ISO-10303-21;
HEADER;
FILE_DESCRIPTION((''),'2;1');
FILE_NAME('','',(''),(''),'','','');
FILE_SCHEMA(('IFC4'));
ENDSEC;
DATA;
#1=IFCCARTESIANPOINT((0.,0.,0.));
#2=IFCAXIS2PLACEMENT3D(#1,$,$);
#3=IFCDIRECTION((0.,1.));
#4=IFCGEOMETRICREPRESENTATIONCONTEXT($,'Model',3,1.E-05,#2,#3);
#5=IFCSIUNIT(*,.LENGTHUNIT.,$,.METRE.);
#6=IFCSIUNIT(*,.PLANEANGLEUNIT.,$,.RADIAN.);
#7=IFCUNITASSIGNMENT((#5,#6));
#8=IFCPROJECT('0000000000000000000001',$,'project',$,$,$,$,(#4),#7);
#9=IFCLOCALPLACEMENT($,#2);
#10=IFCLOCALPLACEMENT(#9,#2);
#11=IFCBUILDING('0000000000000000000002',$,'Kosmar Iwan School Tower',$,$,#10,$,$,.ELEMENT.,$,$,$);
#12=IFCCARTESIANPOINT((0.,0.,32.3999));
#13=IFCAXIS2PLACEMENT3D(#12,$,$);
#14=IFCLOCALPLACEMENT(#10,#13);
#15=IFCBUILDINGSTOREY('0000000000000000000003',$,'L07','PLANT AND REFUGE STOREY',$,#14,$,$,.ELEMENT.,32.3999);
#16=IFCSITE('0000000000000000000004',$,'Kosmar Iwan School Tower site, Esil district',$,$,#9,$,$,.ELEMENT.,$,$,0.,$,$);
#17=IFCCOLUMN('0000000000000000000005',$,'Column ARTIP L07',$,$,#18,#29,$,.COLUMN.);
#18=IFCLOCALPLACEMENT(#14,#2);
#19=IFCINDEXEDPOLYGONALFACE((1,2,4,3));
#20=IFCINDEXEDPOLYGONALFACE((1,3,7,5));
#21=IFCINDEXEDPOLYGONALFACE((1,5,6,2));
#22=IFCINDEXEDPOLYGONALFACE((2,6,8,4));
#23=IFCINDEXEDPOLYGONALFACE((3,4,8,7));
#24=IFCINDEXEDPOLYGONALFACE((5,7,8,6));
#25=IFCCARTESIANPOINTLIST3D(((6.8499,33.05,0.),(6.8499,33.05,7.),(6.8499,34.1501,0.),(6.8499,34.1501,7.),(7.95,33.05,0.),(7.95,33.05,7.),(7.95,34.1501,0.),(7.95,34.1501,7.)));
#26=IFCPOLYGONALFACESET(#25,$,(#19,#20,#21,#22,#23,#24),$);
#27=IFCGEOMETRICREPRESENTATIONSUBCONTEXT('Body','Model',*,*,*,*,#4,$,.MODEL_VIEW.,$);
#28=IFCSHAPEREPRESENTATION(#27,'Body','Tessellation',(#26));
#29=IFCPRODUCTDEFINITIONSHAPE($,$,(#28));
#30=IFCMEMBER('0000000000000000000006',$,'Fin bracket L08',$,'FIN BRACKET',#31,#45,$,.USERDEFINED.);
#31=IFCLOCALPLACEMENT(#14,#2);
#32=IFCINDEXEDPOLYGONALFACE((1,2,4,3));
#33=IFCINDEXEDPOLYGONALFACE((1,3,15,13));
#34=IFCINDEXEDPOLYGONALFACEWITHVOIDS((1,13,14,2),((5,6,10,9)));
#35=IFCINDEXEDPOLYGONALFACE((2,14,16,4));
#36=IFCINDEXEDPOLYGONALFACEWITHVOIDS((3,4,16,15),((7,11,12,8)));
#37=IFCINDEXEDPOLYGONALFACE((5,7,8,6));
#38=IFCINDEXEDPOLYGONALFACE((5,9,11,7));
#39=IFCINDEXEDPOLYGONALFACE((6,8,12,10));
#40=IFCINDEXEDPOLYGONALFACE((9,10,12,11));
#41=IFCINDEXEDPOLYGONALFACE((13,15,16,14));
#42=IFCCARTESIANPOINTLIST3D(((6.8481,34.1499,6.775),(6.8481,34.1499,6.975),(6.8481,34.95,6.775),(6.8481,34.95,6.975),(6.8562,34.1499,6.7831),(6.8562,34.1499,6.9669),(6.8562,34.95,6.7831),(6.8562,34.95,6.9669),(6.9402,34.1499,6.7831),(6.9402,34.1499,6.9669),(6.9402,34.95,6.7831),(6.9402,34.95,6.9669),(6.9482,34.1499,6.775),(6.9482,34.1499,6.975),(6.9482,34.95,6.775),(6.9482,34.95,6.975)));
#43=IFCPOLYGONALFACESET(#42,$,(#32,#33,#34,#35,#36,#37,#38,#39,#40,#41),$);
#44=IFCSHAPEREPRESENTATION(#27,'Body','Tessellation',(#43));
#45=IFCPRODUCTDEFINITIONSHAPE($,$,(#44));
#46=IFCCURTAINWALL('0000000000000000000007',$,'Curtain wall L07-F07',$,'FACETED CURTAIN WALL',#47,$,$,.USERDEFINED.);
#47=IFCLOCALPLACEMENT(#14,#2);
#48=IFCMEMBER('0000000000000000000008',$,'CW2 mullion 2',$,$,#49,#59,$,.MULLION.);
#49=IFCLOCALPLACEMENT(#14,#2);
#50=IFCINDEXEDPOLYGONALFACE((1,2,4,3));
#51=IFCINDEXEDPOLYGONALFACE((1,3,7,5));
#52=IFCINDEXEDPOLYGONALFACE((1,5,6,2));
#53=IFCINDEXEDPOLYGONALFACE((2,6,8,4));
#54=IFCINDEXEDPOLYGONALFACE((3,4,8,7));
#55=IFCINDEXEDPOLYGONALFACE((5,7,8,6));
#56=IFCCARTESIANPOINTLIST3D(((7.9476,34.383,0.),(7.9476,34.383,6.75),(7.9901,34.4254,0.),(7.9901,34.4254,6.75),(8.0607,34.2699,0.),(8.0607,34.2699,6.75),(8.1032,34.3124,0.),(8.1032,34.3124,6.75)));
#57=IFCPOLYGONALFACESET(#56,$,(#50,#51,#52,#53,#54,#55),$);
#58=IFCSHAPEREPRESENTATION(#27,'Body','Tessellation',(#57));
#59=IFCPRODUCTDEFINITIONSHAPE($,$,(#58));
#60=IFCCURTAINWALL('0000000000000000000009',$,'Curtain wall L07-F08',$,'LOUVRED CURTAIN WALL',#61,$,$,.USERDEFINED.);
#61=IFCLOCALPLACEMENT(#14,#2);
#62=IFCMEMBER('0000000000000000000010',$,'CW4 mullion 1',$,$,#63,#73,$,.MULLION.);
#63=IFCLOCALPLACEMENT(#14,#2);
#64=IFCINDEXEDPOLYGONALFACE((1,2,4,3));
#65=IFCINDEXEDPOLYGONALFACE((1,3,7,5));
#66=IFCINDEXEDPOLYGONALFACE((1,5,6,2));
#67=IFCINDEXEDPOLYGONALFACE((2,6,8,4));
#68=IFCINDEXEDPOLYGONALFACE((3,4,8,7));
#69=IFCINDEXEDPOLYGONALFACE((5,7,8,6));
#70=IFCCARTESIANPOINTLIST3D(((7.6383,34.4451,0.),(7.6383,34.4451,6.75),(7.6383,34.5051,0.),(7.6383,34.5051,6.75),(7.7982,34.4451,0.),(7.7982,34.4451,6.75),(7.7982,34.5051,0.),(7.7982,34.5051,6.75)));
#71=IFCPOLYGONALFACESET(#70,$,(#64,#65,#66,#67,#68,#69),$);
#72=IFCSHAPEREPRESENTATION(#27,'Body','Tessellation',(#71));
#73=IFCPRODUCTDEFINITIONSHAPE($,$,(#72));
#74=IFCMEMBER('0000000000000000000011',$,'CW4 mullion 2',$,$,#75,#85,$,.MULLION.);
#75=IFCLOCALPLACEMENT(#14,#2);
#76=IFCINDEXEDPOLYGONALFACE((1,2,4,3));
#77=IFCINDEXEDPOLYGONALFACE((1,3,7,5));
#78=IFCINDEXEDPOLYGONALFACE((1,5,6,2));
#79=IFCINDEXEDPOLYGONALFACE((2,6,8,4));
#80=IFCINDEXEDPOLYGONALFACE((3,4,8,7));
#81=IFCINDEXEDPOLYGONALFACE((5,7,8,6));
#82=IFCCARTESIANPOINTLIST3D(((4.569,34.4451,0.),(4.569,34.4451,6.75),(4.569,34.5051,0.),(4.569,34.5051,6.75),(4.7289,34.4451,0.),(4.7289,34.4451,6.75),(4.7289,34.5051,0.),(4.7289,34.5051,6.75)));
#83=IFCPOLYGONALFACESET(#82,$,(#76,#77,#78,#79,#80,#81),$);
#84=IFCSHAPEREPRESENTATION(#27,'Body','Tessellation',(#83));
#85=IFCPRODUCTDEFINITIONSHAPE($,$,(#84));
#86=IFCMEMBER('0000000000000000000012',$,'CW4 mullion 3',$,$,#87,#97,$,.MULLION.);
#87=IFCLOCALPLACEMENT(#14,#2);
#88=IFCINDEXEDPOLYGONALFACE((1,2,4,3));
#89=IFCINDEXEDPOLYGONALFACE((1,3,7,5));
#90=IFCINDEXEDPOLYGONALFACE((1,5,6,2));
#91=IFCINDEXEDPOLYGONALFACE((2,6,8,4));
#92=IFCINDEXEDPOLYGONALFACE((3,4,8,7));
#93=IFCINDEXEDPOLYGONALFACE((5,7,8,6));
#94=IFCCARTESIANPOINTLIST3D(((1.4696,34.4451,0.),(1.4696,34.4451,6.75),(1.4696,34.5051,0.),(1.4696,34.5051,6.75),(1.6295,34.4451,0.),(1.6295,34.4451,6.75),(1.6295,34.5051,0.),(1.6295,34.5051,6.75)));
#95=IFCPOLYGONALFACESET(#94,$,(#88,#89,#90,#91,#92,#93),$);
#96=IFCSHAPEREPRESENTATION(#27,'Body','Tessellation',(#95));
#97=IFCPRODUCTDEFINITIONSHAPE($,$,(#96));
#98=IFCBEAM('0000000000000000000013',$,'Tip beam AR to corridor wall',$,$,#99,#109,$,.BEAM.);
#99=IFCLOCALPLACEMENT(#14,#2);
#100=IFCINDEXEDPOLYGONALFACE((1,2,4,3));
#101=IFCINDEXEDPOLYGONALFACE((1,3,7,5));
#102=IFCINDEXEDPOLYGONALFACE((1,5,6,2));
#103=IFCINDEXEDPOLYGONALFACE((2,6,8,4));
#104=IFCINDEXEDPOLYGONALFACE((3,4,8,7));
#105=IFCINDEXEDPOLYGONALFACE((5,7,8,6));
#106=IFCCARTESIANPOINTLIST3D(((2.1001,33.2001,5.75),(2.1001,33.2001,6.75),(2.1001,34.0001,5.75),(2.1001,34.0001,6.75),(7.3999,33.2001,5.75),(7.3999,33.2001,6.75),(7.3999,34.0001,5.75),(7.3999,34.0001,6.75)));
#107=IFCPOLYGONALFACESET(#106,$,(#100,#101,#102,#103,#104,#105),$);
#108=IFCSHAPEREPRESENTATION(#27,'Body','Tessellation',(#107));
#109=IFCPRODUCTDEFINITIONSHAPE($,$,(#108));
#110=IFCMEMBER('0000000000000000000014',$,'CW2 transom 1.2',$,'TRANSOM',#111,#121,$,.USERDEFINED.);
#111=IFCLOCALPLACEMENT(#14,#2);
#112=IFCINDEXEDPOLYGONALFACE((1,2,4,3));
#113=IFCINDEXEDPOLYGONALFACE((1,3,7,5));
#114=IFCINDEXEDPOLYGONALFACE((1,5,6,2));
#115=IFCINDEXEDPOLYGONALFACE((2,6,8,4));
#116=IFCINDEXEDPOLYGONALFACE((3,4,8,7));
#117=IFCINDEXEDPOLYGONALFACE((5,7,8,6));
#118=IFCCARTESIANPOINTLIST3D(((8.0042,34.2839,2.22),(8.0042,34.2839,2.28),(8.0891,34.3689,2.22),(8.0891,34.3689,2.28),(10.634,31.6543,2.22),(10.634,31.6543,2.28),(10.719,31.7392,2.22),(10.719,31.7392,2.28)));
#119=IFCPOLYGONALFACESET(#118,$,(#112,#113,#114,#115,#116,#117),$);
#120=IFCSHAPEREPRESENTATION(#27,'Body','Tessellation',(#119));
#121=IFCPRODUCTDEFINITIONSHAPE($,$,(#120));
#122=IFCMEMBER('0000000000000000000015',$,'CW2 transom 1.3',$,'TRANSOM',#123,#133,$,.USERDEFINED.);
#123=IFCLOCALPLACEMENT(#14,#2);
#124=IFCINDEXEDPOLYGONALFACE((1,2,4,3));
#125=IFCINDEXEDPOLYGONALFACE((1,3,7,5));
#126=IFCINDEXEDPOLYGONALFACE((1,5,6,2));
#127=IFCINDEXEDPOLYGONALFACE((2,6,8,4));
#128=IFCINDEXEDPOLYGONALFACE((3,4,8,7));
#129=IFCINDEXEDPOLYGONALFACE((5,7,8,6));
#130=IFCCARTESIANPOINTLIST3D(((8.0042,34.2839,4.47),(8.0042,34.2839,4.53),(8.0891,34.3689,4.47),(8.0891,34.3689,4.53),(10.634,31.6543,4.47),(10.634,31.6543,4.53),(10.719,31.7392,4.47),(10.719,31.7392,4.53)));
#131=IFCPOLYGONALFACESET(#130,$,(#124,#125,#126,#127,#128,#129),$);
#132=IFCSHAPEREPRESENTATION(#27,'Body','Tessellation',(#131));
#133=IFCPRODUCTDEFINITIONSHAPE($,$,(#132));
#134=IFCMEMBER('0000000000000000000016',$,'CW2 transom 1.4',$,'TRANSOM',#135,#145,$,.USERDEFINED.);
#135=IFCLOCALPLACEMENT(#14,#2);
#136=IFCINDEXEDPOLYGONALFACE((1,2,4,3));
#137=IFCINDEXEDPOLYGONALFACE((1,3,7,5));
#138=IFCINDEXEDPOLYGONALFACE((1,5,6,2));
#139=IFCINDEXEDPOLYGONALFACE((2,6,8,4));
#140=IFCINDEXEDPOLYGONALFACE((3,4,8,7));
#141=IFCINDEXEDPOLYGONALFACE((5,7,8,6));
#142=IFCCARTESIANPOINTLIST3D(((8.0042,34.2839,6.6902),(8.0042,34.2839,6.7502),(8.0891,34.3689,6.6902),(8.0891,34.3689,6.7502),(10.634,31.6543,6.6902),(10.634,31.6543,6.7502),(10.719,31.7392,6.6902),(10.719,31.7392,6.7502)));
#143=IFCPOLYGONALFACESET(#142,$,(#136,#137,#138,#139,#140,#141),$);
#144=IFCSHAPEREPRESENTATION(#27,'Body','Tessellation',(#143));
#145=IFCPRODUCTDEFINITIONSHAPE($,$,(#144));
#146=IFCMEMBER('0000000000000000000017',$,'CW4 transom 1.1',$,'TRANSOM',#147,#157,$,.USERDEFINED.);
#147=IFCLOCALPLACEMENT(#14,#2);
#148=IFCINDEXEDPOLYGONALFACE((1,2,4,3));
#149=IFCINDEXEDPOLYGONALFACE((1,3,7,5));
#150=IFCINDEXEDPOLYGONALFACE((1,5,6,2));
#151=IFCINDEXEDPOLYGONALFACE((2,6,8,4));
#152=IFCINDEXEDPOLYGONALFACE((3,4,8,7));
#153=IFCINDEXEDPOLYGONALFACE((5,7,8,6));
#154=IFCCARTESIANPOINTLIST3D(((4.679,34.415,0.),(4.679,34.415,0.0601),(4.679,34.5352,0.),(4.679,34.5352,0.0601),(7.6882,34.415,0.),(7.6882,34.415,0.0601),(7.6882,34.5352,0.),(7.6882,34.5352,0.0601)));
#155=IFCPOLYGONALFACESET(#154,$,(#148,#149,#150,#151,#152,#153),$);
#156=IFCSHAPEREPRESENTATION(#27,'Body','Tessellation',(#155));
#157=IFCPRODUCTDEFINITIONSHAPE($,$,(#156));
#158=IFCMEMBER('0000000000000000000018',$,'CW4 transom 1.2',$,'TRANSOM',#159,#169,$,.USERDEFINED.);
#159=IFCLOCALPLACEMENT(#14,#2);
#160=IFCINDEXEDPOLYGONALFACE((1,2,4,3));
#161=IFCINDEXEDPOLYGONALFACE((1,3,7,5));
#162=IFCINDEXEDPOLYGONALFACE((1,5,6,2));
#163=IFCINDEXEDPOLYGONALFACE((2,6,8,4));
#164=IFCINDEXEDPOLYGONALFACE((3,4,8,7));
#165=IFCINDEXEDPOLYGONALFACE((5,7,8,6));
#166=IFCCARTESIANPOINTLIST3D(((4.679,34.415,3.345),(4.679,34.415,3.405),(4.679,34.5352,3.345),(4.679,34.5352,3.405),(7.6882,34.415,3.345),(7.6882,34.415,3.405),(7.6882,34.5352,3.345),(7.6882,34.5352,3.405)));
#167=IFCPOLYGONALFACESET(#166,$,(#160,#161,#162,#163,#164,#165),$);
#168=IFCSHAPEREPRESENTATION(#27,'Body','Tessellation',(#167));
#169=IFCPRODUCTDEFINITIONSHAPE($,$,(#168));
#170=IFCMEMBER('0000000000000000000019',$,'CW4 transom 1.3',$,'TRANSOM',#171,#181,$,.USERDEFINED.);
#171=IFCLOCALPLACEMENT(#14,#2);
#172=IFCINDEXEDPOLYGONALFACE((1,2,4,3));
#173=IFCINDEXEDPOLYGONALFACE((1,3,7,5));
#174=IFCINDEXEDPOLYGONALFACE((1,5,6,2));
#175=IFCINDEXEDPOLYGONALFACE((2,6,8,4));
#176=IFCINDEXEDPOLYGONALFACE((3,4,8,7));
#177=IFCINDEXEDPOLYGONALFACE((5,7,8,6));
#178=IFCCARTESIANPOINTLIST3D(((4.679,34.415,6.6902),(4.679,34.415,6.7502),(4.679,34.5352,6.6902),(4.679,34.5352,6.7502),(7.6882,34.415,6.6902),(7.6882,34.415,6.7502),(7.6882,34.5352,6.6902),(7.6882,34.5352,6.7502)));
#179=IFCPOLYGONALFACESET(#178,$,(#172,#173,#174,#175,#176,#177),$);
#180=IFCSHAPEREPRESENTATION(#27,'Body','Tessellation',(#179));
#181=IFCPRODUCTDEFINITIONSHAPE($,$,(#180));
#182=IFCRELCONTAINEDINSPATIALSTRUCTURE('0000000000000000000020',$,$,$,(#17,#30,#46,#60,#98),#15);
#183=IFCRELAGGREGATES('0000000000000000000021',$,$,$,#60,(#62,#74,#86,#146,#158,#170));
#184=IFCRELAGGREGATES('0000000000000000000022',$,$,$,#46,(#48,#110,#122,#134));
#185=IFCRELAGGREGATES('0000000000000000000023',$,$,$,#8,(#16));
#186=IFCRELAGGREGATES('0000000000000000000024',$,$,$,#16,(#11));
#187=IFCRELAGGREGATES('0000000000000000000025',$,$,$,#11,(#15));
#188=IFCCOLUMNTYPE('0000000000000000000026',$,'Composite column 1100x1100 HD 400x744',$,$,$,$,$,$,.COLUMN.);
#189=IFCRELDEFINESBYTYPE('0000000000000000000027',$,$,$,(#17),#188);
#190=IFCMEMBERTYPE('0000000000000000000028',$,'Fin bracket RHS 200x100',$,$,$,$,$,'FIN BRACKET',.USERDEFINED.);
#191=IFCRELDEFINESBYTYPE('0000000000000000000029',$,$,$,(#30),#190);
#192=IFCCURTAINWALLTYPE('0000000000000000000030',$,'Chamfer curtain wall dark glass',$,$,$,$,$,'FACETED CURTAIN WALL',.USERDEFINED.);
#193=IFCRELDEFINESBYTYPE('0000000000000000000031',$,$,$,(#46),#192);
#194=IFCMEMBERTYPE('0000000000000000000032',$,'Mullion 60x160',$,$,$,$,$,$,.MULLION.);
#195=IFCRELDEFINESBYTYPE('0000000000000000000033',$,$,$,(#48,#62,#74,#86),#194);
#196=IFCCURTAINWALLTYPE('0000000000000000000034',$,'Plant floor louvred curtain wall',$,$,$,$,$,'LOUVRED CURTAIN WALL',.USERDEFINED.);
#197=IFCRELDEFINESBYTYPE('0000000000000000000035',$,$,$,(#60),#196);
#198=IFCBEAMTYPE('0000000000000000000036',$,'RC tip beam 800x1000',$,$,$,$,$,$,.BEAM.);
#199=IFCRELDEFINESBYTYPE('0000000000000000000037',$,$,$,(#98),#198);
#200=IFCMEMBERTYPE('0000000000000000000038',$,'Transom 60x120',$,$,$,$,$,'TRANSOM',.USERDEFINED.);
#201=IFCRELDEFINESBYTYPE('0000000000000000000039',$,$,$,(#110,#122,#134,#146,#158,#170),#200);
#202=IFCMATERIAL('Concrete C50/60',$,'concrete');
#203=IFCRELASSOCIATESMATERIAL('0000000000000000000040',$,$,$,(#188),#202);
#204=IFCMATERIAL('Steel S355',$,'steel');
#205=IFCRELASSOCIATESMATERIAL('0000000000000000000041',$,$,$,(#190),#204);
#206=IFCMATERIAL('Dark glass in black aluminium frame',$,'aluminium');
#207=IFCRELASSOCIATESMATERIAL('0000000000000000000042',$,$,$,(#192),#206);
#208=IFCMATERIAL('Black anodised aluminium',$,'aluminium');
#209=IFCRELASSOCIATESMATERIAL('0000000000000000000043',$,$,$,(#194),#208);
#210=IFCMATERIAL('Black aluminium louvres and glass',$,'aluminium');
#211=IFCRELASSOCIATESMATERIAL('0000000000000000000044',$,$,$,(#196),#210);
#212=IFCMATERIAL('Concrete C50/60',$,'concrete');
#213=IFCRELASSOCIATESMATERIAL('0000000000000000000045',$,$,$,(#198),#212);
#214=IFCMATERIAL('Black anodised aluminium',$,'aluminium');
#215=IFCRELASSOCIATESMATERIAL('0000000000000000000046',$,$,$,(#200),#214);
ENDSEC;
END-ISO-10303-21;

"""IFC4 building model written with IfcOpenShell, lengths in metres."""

from ifc_helpers import new_model, si_unit, direction, frame, origin, origin_2d, place, context, subcontext, project, spatial, rectangle, hollow_rectangle, extrude, material, material_profile, profile_set, type_object, element, aggregate, save


model = new_model("IFC4")

# Units and contexts
model_context = context("Model", 3, precision=1e-05, world=origin(), true_north=direction((0.0, 1.0)))
body_context = subcontext(model_context, "Body", "Model", "MODEL_VIEW")
ifc_project = project(units=[si_unit("LENGTHUNIT", "METRE"), si_unit("PLANEANGLEUNIT", "RADIAN")], contexts=[model_context])

# Site, building, storey
site_placement = place(None, origin())
site = spatial("IfcSite", under=ifc_project, at=site_placement, Name="Kosmar Iwan School Tower site, Esil district", CompositionType="ELEMENT", RefElevation=0.0)
building_placement = place(site_placement, origin())
building = spatial("IfcBuilding", under=site, at=building_placement, Name="Kosmar Iwan School Tower", CompositionType="ELEMENT")
storey_placement = place(building_placement, frame((0.0, 0.0, 32.3999)))
storey = spatial("IfcBuildingStorey", under=building, at=storey_placement, Name="L07", Description="PLANT AND REFUGE STOREY", CompositionType="ELEMENT", Elevation=32.3999)

# Column
ifc_material_1 = material(Name="Concrete C50/60", Category="concrete")
ifc_material_profile_1 = material_profile(ifc_material_1, rectangle(XDim=1.1001, YDim=1.1001, at=origin_2d()), Name="RC 1100x1100 + HD 400x744")
ifc_profile_set_1 = profile_set([ifc_material_profile_1], Name="Concrete C50/60")
column_type = type_object("IfcColumnType", Name="Composite column 1100x1100 HD 400x744", PredefinedType="COLUMN", material=ifc_profile_set_1)
column_placement = place(storey_placement, frame((7.3999, 33.6001, 0.0), z_axis=(0.0, 0.0, 1.0), x_axis=(0.0, 1.0, 0.0)))
element("IfcColumn", 1, at=column_placement, inside=storey, type_object=column_type, Name="Column ARTIP L07", PredefinedType="COLUMN", context=body_context, shape_type="SweptSolid", body=[
    extrude(rectangle(XDim=1.1001, YDim=1.1001, at=origin_2d()), origin(), (0.0, 0.0, 1.0), 7.0),
])

# Member
ifc_material_2 = material(Name="Steel S355", Category="steel")
ifc_material_profile_2 = material_profile(ifc_material_2, hollow_rectangle(XDim=0.1001, YDim=0.2, WallThickness=0.0081, at=origin_2d()), Name="RHS 200x100x8")
ifc_profile_set_2 = profile_set([ifc_material_profile_2], Name="Steel S355")
member_type_1 = type_object("IfcMemberType", Name="Fin bracket RHS 200x100", ElementType="FIN BRACKET", PredefinedType="USERDEFINED", material=ifc_profile_set_2)
member_1_placement = place(storey_placement, frame((6.8982, 34.1499, 6.875), z_axis=(0.0, 1.0, 0.0), x_axis=(-1.0, 0.0, 0.0)))
element("IfcMember", 2, at=member_1_placement, inside=storey, type_object=member_type_1, Name="Fin bracket L08", ObjectType="FIN BRACKET", PredefinedType="USERDEFINED", context=body_context, shape_type="SweptSolid", body=[
    extrude(hollow_rectangle(XDim=0.1001, YDim=0.2, WallThickness=0.0081, at=origin_2d()), origin(), (0.0, 0.0, 1.0), 0.8),
])

# Curtain wall, member
ifc_material_3 = material(Name="Dark glass in black aluminium frame", Category="aluminium")
curtain_wall_type_1 = type_object("IfcCurtainWallType", Name="Chamfer curtain wall dark glass", ElementType="FACETED CURTAIN WALL", PredefinedType="USERDEFINED", material=ifc_material_3)
curtain_wall_1_placement = place(storey_placement, origin())
curtain_wall_1 = element("IfcCurtainWall", 3, at=curtain_wall_1_placement, inside=storey, type_object=curtain_wall_type_1, Name="Curtain wall L07-F07", ObjectType="FACETED CURTAIN WALL", PredefinedType="USERDEFINED")
ifc_material_4 = material(Name="Black anodised aluminium", Category="aluminium")
ifc_material_profile_3 = material_profile(ifc_material_4, rectangle(XDim=0.0601, YDim=0.1599, at=origin_2d()), Name="MULLION 60x160")
ifc_profile_set_3 = profile_set([ifc_material_profile_3], Name="Black anodised aluminium")
member_type_2 = type_object("IfcMemberType", Name="Mullion 60x160", PredefinedType="MULLION", material=ifc_profile_set_3)
member_2_placement = place(storey_placement, frame((8.0254, 34.3477, 0.0), z_axis=(0.0, 0.0, 1.0), x_axis=(-0.707107, -0.707107, 0.0)))
member_2 = element("IfcMember", 4, at=member_2_placement, type_object=member_type_2, Name="CW2 mullion 2", PredefinedType="MULLION", context=body_context, shape_type="SweptSolid", body=[
    extrude(rectangle(XDim=0.0601, YDim=0.1599, at=origin_2d()), origin(), (0.0, 0.0, 1.0), 6.75),
])

# Curtain wall, members
ifc_material_5 = material(Name="Black aluminium louvres and glass", Category="aluminium")
curtain_wall_type_2 = type_object("IfcCurtainWallType", Name="Plant floor louvred curtain wall", ElementType="LOUVRED CURTAIN WALL", PredefinedType="USERDEFINED", material=ifc_material_5)
curtain_wall_2_placement = place(storey_placement, origin())
curtain_wall_2 = element("IfcCurtainWall", 5, at=curtain_wall_2_placement, inside=storey, type_object=curtain_wall_type_2, Name="Curtain wall L07-F08", ObjectType="LOUVRED CURTAIN WALL", PredefinedType="USERDEFINED")
member_3_placement = place(storey_placement, frame((7.7183, 34.4751, 0.0), z_axis=(0.0, 0.0, 1.0), x_axis=(0.0, -1.0, 0.0)))
member_3 = element("IfcMember", 6, at=member_3_placement, type_object=member_type_2, Name="CW4 mullion 1", PredefinedType="MULLION", context=body_context, shape_type="SweptSolid", body=[
    extrude(rectangle(XDim=0.0601, YDim=0.1599, at=origin_2d()), origin(), (0.0, 0.0, 1.0), 6.75),
])
member_4_placement = place(storey_placement, frame((4.6489, 34.4751, 0.0), z_axis=(0.0, 0.0, 1.0), x_axis=(0.0, -1.0, 0.0)))
member_4 = element("IfcMember", 7, at=member_4_placement, type_object=member_type_2, Name="CW4 mullion 2", PredefinedType="MULLION", context=body_context, shape_type="SweptSolid", body=[
    extrude(rectangle(XDim=0.0601, YDim=0.1599, at=origin_2d()), origin(), (0.0, 0.0, 1.0), 6.75),
])
member_5_placement = place(storey_placement, frame((1.5496, 34.4751, 0.0), z_axis=(0.0, 0.0, 1.0), x_axis=(0.0, -1.0, 0.0)))
member_5 = element("IfcMember", 8, at=member_5_placement, type_object=member_type_2, Name="CW4 mullion 3", PredefinedType="MULLION", context=body_context, shape_type="SweptSolid", body=[
    extrude(rectangle(XDim=0.0601, YDim=0.1599, at=origin_2d()), origin(), (0.0, 0.0, 1.0), 6.75),
])

# Beam
ifc_material_6 = material(Name="Concrete C50/60", Category="concrete")
ifc_material_profile_4 = material_profile(ifc_material_6, rectangle(XDim=0.8, YDim=1.0, at=origin_2d()), Name="RC 800x1000")
ifc_profile_set_4 = profile_set([ifc_material_profile_4], Name="Concrete C50/60")
beam_type = type_object("IfcBeamType", Name="RC tip beam 800x1000", PredefinedType="BEAM", material=ifc_profile_set_4)
beam_placement = place(storey_placement, frame((7.3999, 33.6001, 6.25), z_axis=(-1.0, 0.0, 0.0), x_axis=(0.0, -1.0, 0.0)))
element("IfcBeam", 9, at=beam_placement, inside=storey, type_object=beam_type, Name="Tip beam AR to corridor wall", PredefinedType="BEAM", context=body_context, shape_type="SweptSolid", body=[
    extrude(rectangle(XDim=0.8, YDim=1.0, at=origin_2d()), origin(), (0.0, 0.0, 1.0), 5.2998),
])

# Members
ifc_material_7 = material(Name="Black anodised aluminium", Category="aluminium")
ifc_material_profile_5 = material_profile(ifc_material_7, rectangle(XDim=0.1201, YDim=0.0601, at=origin_2d()), Name="TRANSOM 60x120")
ifc_profile_set_5 = profile_set([ifc_material_profile_5], Name="Black anodised aluminium")
member_type_3 = type_object("IfcMemberType", Name="Transom 60x120", ElementType="TRANSOM", PredefinedType="USERDEFINED", material=ifc_profile_set_5)
member_6_placement = place(storey_placement, frame((10.6765, 31.6968, 2.25), z_axis=(-0.70714, 0.707074, 0.0), x_axis=(-0.707074, -0.70714, 0.0)))
member_6 = element("IfcMember", 10, at=member_6_placement, type_object=member_type_3, Name="CW2 transom 1.2", ObjectType="TRANSOM", PredefinedType="USERDEFINED", context=body_context, shape_type="SweptSolid", body=[
    extrude(rectangle(XDim=0.1201, YDim=0.0601, at=origin_2d()), origin(), (0.0, 0.0, 1.0), 3.719),
])
member_7_placement = place(storey_placement, frame((10.6765, 31.6968, 4.5), z_axis=(-0.70714, 0.707074, 0.0), x_axis=(-0.707074, -0.70714, 0.0)))
member_7 = element("IfcMember", 11, at=member_7_placement, type_object=member_type_3, Name="CW2 transom 1.3", ObjectType="TRANSOM", PredefinedType="USERDEFINED", context=body_context, shape_type="SweptSolid", body=[
    extrude(rectangle(XDim=0.1201, YDim=0.0601, at=origin_2d()), origin(), (0.0, 0.0, 1.0), 3.719),
])
member_8_placement = place(storey_placement, frame((10.6765, 31.6968, 6.7202), z_axis=(-0.70714, 0.707074, 0.0), x_axis=(-0.707074, -0.70714, 0.0)))
member_8 = element("IfcMember", 12, at=member_8_placement, type_object=member_type_3, Name="CW2 transom 1.4", ObjectType="TRANSOM", PredefinedType="USERDEFINED", context=body_context, shape_type="SweptSolid", body=[
    extrude(rectangle(XDim=0.1201, YDim=0.0601, at=origin_2d()), origin(), (0.0, 0.0, 1.0), 3.719),
])
member_9_placement = place(storey_placement, frame((7.6882, 34.4751, 0.03), z_axis=(-1.0, 0.0, 0.0), x_axis=(0.0, -1.0, 0.0)))
member_9 = element("IfcMember", 13, at=member_9_placement, type_object=member_type_3, Name="CW4 transom 1.1", ObjectType="TRANSOM", PredefinedType="USERDEFINED", context=body_context, shape_type="SweptSolid", body=[
    extrude(rectangle(XDim=0.1201, YDim=0.0601, at=origin_2d()), origin(), (0.0, 0.0, 1.0), 3.0093),
])
member_10_placement = place(storey_placement, frame((7.6882, 34.4751, 3.375), z_axis=(-1.0, 0.0, 0.0), x_axis=(0.0, -1.0, 0.0)))
member_10 = element("IfcMember", 14, at=member_10_placement, type_object=member_type_3, Name="CW4 transom 1.2", ObjectType="TRANSOM", PredefinedType="USERDEFINED", context=body_context, shape_type="SweptSolid", body=[
    extrude(rectangle(XDim=0.1201, YDim=0.0601, at=origin_2d()), origin(), (0.0, 0.0, 1.0), 3.0093),
])
member_11_placement = place(storey_placement, frame((7.6882, 34.4751, 6.7202), z_axis=(-1.0, 0.0, 0.0), x_axis=(0.0, -1.0, 0.0)))
member_11 = element("IfcMember", 15, at=member_11_placement, type_object=member_type_3, Name="CW4 transom 1.3", ObjectType="TRANSOM", PredefinedType="USERDEFINED", context=body_context, shape_type="SweptSolid", body=[
    extrude(rectangle(XDim=0.1201, YDim=0.0601, at=origin_2d()), origin(), (0.0, 0.0, 1.0), 3.0093),
])

aggregate(curtain_wall_2, [member_3, member_4, member_5, member_9, member_10, member_11])
aggregate(curtain_wall_1, [member_2, member_6, member_7, member_8])

save(model, "model.ifc")
